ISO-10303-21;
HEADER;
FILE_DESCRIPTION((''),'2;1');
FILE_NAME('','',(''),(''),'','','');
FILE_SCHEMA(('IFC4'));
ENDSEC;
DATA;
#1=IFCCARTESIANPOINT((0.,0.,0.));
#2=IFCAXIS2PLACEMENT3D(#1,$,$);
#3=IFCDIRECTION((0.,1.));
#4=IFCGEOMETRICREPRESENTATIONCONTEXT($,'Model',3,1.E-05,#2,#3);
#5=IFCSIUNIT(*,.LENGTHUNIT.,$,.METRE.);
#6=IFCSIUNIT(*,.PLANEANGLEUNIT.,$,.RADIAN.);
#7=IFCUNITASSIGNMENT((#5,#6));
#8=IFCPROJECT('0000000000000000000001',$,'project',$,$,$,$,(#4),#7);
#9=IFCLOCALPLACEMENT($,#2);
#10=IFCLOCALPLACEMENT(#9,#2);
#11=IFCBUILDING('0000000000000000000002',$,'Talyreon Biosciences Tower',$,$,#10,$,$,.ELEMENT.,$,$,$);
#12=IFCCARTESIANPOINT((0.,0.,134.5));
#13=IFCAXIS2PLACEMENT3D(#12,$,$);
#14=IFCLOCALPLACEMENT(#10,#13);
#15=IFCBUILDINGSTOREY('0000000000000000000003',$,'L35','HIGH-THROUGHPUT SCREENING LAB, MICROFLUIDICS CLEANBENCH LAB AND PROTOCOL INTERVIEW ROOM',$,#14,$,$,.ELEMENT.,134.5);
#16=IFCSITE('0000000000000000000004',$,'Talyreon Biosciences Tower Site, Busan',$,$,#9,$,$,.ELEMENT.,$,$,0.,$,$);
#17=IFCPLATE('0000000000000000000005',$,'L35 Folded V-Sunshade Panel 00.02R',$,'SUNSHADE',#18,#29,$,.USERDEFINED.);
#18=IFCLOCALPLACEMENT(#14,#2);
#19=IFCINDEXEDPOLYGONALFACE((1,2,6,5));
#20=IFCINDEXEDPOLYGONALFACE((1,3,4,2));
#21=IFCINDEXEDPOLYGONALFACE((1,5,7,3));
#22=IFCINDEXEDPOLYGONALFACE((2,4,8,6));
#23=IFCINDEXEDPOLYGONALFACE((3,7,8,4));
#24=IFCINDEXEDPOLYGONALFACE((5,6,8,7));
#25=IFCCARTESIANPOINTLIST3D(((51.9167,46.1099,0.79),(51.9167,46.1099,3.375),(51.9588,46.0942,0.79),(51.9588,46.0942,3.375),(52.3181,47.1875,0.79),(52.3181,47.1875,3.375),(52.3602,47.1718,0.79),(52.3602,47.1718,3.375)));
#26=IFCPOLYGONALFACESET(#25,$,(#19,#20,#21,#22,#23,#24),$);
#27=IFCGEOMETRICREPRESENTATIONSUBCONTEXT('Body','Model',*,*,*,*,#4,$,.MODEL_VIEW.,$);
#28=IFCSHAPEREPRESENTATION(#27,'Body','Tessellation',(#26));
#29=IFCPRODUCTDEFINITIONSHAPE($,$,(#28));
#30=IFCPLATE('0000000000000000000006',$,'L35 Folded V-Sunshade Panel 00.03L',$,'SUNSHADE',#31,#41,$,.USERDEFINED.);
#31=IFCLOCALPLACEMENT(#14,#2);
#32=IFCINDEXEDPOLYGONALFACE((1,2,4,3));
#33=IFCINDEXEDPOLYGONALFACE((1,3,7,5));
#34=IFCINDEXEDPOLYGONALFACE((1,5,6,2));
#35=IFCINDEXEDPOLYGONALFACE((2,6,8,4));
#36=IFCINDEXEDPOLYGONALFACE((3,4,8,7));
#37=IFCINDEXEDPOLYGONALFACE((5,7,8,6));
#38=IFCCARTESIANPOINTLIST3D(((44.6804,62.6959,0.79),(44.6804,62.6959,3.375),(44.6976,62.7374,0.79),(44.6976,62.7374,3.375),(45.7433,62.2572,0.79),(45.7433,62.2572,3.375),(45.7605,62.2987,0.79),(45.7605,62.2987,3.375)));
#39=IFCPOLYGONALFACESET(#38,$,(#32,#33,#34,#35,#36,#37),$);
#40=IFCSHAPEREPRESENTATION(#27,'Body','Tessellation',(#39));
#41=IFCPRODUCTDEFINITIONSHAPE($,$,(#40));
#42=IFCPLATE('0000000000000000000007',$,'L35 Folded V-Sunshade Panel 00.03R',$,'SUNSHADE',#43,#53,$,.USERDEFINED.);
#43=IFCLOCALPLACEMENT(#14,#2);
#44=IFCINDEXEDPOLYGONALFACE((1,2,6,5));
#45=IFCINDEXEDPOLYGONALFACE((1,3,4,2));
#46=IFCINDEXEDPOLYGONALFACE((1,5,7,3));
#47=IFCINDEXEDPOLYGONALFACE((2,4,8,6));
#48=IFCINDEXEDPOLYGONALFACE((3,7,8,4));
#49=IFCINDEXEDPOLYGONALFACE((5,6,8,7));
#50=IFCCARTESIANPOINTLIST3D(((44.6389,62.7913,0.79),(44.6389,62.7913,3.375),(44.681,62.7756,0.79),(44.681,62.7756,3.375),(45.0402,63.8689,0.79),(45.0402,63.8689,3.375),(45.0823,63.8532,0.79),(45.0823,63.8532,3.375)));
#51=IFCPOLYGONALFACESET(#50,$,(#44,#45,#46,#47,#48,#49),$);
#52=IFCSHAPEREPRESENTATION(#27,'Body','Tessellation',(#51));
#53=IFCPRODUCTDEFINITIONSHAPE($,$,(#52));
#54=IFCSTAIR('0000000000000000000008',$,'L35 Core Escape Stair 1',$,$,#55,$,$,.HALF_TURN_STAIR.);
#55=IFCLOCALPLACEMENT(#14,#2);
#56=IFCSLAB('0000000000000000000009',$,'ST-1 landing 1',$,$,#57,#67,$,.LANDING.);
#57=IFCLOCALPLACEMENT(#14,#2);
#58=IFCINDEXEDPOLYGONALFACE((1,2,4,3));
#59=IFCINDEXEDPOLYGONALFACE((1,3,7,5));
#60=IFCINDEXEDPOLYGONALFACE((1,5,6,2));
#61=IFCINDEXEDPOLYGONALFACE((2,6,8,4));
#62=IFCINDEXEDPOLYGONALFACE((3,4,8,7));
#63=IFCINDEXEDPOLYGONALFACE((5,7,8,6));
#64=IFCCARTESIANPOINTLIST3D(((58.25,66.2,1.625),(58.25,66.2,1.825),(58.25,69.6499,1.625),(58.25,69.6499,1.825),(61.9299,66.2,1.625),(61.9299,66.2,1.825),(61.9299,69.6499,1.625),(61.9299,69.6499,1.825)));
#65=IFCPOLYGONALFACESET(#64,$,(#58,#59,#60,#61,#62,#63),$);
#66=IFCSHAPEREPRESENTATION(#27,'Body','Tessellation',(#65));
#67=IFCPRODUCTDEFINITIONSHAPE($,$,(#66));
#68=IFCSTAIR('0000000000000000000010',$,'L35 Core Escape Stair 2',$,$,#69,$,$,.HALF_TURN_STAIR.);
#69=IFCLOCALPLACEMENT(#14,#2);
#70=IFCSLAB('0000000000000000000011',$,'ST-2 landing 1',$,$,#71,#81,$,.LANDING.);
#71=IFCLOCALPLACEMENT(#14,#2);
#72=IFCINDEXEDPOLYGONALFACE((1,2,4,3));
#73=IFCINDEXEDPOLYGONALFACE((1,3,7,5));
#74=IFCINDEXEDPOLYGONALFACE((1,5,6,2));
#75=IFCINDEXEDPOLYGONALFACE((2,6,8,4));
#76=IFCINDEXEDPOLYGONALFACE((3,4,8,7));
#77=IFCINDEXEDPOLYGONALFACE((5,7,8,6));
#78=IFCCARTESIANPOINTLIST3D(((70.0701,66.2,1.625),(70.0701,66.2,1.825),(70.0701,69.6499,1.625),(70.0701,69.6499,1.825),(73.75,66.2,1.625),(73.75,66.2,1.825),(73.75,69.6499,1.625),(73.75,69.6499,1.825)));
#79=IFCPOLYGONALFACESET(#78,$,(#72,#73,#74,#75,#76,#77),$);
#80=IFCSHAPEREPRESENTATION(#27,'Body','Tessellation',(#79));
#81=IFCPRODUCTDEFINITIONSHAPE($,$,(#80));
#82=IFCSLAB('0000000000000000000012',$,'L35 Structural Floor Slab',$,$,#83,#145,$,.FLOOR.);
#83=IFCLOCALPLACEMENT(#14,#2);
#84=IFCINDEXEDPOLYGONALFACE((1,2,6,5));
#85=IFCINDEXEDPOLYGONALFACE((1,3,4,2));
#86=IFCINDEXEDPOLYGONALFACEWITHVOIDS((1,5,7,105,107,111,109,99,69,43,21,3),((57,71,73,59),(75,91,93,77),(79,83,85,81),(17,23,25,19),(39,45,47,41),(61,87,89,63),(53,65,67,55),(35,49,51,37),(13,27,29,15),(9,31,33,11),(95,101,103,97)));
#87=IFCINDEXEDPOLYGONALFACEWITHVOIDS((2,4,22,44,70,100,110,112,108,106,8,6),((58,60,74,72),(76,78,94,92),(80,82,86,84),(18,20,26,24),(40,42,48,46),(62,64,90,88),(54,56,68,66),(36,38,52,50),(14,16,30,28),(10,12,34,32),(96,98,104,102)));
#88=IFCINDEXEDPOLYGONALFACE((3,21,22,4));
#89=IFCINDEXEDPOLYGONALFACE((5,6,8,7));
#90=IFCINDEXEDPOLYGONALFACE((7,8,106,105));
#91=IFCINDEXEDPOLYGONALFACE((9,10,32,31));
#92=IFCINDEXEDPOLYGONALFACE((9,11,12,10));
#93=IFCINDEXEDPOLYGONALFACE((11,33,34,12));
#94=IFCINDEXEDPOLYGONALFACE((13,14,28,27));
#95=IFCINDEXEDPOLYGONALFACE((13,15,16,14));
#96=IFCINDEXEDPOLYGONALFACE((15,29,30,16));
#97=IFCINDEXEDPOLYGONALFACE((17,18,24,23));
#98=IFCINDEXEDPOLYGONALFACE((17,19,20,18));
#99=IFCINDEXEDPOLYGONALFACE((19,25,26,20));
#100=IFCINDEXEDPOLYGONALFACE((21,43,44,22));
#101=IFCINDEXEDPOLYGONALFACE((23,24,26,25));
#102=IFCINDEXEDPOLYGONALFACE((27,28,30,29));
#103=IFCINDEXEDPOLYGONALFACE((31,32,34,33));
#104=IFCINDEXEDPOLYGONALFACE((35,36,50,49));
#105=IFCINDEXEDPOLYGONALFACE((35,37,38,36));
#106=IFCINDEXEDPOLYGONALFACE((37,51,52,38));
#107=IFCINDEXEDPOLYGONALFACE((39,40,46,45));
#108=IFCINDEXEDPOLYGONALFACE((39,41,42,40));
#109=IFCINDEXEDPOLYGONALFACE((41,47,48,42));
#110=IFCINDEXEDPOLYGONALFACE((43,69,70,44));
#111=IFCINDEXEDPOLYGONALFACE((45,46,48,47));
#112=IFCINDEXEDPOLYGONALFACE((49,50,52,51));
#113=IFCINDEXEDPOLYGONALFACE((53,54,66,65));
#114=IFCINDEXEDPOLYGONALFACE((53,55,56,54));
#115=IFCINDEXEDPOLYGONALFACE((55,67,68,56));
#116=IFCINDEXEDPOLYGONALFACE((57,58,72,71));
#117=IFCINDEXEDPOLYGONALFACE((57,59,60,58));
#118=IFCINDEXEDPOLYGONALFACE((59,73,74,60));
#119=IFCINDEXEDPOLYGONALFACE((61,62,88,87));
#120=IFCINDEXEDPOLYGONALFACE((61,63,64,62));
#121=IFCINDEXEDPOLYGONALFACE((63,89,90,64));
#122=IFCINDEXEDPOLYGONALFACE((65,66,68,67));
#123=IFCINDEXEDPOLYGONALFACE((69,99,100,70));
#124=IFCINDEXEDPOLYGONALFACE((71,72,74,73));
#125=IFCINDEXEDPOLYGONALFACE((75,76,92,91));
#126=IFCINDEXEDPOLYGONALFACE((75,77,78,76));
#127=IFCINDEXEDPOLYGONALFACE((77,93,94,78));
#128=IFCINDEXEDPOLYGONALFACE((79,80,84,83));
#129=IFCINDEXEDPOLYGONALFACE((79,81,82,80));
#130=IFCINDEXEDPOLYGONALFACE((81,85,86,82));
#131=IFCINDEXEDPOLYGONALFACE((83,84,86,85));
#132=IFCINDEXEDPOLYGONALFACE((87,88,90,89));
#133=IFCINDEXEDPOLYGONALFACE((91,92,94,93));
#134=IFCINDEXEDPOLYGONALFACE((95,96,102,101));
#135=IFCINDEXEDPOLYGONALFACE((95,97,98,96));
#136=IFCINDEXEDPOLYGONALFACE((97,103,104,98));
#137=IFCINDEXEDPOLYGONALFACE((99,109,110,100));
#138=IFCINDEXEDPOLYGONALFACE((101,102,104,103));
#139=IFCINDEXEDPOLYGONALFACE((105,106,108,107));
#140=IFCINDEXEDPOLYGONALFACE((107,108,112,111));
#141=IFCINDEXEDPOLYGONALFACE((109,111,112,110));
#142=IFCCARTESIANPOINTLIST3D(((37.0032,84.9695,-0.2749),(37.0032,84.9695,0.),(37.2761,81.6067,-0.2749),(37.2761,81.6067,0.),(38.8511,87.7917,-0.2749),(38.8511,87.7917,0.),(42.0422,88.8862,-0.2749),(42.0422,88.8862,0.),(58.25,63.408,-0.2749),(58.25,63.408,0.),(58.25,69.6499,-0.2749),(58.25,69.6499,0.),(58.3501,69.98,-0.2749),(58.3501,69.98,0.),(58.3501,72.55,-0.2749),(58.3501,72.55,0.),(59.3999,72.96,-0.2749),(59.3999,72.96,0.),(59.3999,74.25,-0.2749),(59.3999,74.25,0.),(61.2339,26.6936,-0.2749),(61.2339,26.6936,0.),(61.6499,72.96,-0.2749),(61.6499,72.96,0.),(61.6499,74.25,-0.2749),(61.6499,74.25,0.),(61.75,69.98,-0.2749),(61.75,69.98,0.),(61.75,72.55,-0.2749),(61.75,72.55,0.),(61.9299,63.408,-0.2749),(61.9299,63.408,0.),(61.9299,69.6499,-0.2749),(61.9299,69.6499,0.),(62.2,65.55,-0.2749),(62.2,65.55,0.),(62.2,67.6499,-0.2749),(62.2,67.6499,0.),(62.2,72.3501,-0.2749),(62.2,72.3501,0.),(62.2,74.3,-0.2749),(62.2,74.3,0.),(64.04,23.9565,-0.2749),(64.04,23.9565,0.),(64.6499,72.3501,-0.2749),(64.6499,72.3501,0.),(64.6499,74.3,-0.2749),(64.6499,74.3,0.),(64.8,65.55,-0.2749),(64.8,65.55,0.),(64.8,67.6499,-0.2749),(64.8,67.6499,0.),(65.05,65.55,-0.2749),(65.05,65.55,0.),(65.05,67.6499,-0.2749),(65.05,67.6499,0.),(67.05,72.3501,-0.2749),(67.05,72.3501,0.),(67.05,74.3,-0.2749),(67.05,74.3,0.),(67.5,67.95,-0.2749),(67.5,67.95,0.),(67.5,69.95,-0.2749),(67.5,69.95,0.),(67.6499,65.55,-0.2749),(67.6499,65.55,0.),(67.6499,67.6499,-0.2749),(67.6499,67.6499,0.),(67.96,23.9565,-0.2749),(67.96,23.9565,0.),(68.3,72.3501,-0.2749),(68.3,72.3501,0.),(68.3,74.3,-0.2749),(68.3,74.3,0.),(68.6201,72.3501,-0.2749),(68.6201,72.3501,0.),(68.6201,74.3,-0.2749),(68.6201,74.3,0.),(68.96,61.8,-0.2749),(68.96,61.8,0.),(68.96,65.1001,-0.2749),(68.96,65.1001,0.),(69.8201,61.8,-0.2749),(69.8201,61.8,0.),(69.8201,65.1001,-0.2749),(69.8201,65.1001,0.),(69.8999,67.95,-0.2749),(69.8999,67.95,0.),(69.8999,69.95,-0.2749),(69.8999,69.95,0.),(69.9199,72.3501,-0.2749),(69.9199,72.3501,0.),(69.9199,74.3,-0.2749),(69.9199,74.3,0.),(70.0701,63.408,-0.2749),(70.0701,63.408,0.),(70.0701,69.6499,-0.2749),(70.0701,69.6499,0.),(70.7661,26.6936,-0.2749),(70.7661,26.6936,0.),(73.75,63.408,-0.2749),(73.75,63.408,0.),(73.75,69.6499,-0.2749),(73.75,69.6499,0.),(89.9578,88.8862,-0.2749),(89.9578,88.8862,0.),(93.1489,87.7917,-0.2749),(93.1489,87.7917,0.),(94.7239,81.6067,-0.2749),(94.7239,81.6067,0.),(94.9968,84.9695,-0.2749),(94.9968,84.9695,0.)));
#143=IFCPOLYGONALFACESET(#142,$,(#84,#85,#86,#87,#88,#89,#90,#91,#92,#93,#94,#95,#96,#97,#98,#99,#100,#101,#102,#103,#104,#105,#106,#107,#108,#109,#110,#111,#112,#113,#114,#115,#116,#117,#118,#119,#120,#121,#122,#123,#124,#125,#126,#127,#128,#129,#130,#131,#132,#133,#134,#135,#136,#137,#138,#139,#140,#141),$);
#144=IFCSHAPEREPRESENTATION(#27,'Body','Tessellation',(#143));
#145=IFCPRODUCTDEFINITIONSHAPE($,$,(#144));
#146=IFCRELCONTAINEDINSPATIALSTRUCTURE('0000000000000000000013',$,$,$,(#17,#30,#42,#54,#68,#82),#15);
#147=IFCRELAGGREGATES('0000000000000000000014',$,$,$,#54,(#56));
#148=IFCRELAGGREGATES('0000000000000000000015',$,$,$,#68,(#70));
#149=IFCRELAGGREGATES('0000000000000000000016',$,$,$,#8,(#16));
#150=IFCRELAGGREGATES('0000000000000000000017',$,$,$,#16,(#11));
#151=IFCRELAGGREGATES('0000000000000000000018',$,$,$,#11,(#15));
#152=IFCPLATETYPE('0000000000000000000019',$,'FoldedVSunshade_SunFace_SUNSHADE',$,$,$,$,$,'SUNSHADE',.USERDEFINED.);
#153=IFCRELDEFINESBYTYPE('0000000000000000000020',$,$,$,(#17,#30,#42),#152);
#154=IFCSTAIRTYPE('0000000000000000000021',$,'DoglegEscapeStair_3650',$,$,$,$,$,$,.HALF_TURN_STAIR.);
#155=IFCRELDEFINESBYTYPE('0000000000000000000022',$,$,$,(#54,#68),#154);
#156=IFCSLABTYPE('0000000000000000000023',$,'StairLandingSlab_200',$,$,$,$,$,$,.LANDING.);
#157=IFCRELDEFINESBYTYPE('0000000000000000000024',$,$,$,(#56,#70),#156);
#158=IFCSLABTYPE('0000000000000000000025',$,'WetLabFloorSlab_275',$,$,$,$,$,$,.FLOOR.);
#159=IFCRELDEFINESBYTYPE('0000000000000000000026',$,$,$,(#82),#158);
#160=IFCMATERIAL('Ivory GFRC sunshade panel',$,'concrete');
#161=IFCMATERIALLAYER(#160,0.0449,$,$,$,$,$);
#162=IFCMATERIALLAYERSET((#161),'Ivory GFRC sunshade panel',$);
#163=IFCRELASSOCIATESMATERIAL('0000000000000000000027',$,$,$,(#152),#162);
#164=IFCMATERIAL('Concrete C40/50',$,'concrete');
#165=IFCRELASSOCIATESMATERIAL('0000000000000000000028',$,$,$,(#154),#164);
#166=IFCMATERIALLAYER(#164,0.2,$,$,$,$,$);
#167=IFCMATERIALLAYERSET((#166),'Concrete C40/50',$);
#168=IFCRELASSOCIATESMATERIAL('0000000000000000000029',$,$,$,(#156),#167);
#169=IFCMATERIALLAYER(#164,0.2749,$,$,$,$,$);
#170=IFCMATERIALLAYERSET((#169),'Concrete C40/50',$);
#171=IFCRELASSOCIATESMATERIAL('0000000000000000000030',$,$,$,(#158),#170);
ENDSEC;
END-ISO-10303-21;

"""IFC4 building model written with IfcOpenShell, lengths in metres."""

from ifc_helpers import new_model, si_unit, direction, frame, origin, origin_2d, place, context, subcontext, project, spatial, polyline, rectangle, outline, extrude, material, layer, layer_set, type_object, element, aggregate, save


model = new_model("IFC4")

# Units and contexts
model_context = context("Model", 3, precision=1e-05, world=origin(), true_north=direction((0.0, 1.0)))
body_context = subcontext(model_context, "Body", "Model", "MODEL_VIEW")
ifc_project = project(units=[si_unit("LENGTHUNIT", "METRE"), si_unit("PLANEANGLEUNIT", "RADIAN")], contexts=[model_context])

# Site, building, storey
site_placement = place(None, origin())
site = spatial("IfcSite", under=ifc_project, at=site_placement, Name="Talyreon Biosciences Tower Site, Busan", CompositionType="ELEMENT", RefElevation=0.0)
building_placement = place(site_placement, origin())
building = spatial("IfcBuilding", under=site, at=building_placement, Name="Talyreon Biosciences Tower", CompositionType="ELEMENT")
storey_placement = place(building_placement, frame((0.0, 0.0, 134.5)))
storey = spatial("IfcBuildingStorey", under=building, at=storey_placement, Name="L35", Description="HIGH-THROUGHPUT SCREENING LAB, MICROFLUIDICS CLEANBENCH LAB AND PROTOCOL INTERVIEW ROOM", CompositionType="ELEMENT", Elevation=134.5)

# Plates
ifc_material_1 = material(Name="Ivory GFRC sunshade panel", Category="concrete")
ifc_layer_1 = layer(ifc_material_1, 0.0449)
ifc_layer_set_1 = layer_set([ifc_layer_1], Name="Ivory GFRC sunshade panel")
plate_type_1 = type_object("IfcPlateType", Name="FoldedVSunshade_SunFace_SUNSHADE", ElementType="SUNSHADE", PredefinedType="USERDEFINED", material=ifc_layer_set_1)
for number, where, z_axis, x_axis, name in (
    (1, (52.1384, 46.6409, 0.79), (0.0, 0.0, 1.0), (0.349046, 0.937105, 0.0), "L35 Folded V-Sunshade Panel 00.02R"),
    (2, (45.2205, 62.4973, 0.79), (0.0, 0.0, 1.0), (-0.924353, 0.381538, 0.0), "L35 Folded V-Sunshade Panel 00.03L"),
    (3, (44.8606, 63.3223, 0.79), (0.0, 0.0, 1.0), (0.349046, 0.937105, 0.0), "L35 Folded V-Sunshade Panel 00.03R"),
):
    element("IfcPlate", number, at=place(storey_placement, frame(where, z_axis=z_axis, x_axis=x_axis)), inside=storey, type_object=plate_type_1, Name=name, ObjectType="SUNSHADE", PredefinedType="USERDEFINED", context=body_context, shape_type="SweptSolid", body=[
        extrude(rectangle(XDim=1.1499, YDim=0.0449, at=origin_2d()), origin(), (0.0, 0.0, 1.0), 2.585),
    ])

# Stairs, slabs
ifc_material_2 = material(Name="Concrete C40/50", Category="concrete")
stair_type = type_object("IfcStairType", Name="DoglegEscapeStair_3650", PredefinedType="HALF_TURN_STAIR", material=ifc_material_2)
stair_1_placement = place(storey_placement, origin())
stair_1 = element("IfcStair", 4, at=stair_1_placement, inside=storey, type_object=stair_type, Name="L35 Core Escape Stair 1", PredefinedType="HALF_TURN_STAIR")
ifc_layer_2 = layer(ifc_material_2, 0.2)
ifc_layer_set_2 = layer_set([ifc_layer_2], Name="Concrete C40/50")
slab_type_1 = type_object("IfcSlabType", Name="StairLandingSlab_200", PredefinedType="LANDING", material=ifc_layer_set_2)
slab_1_placement = place(storey_placement, frame((0.0, 0.0, 1.625)))
slab_1 = element("IfcSlab", 5, at=slab_1_placement, type_object=slab_type_1, Name="ST-1 landing 1", PredefinedType="LANDING", context=body_context, shape_type="SweptSolid", body=[
    extrude(outline(polyline([(61.9299, 66.2), (61.9299, 69.6499), (58.25, 69.6499), (58.25, 66.2), (61.9299, 66.2)])), origin(), (0.0, 0.0, 1.0), 0.2),
])
aggregate(stair_1, [slab_1])
stair_2_placement = place(storey_placement, origin())
stair_2 = element("IfcStair", 6, at=stair_2_placement, inside=storey, type_object=stair_type, Name="L35 Core Escape Stair 2", PredefinedType="HALF_TURN_STAIR")
slab_2_placement = place(storey_placement, frame((0.0, 0.0, 1.625)))
slab_2 = element("IfcSlab", 7, at=slab_2_placement, type_object=slab_type_1, Name="ST-2 landing 1", PredefinedType="LANDING", context=body_context, shape_type="SweptSolid", body=[
    extrude(outline(polyline([(73.75, 66.2), (73.75, 69.6499), (70.0701, 69.6499), (70.0701, 66.2), (73.75, 66.2)])), origin(), (0.0, 0.0, 1.0), 0.2),
])
aggregate(stair_2, [slab_2])

# Slab
ifc_layer_3 = layer(ifc_material_2, 0.2749)
ifc_layer_set_3 = layer_set([ifc_layer_3], Name="Concrete C40/50")
slab_type_2 = type_object("IfcSlabType", Name="WetLabFloorSlab_275", PredefinedType="FLOOR", material=ifc_layer_set_3)
slab_3_placement = place(storey_placement, frame((0.0, 0.0, -0.2749)))
element("IfcSlab", 8, at=slab_3_placement, inside=storey, type_object=slab_type_2, Name="L35 Structural Floor Slab", PredefinedType="FLOOR", context=body_context, shape_type="SweptSolid", body=[
    extrude(outline(polyline([(61.2339, 26.6936), (37.2761, 81.6067), (37.0032, 84.9695), (38.8511, 87.7917), (42.0422, 88.8862), (89.9578, 88.8862), (93.1489, 87.7917), (94.9968, 84.9695), (94.7239, 81.6067), (70.7661, 26.6936), (67.96, 23.9565), (64.04, 23.9565), (61.2339, 26.6936)]), holes=[polyline([(61.9299, 69.6499), (61.9299, 63.408), (58.25, 63.408), (58.25, 69.6499), (61.9299, 69.6499)]), polyline([(64.8, 67.6499), (64.8, 65.55), (62.2, 65.55), (62.2, 67.6499), (64.8, 67.6499)]), polyline([(67.6499, 67.6499), (67.6499, 65.55), (65.05, 65.55), (65.05, 67.6499), (67.6499, 67.6499)]), polyline([(61.75, 69.98), (58.3501, 69.98), (58.3501, 72.55), (61.75, 72.55), (61.75, 69.98)]), polyline([(64.6499, 72.3501), (62.2, 72.3501), (62.2, 74.3), (64.6499, 74.3), (64.6499, 72.3501)]), polyline([(61.6499, 74.25), (61.6499, 72.96), (59.3999, 72.96), (59.3999, 74.25), (61.6499, 74.25)]), polyline([(69.8201, 61.8), (68.96, 61.8), (68.96, 65.1001), (69.8201, 65.1001), (69.8201, 61.8)]), polyline([(73.75, 63.408), (70.0701, 63.408), (70.0701, 69.6499), (73.75, 69.6499), (73.75, 63.408)]), polyline([(69.8999, 69.95), (69.8999, 67.95), (67.5, 67.95), (67.5, 69.95), (69.8999, 69.95)]), polyline([(68.3, 72.3501), (67.05, 72.3501), (67.05, 74.3), (68.3, 74.3), (68.3, 72.3501)]), polyline([(69.9199, 72.3501), (68.6201, 72.3501), (68.6201, 74.3), (69.9199, 74.3), (69.9199, 72.3501)])]), origin(), (0.0, 0.0, 1.0), 0.2749),
])

save(model, "model.ifc")
